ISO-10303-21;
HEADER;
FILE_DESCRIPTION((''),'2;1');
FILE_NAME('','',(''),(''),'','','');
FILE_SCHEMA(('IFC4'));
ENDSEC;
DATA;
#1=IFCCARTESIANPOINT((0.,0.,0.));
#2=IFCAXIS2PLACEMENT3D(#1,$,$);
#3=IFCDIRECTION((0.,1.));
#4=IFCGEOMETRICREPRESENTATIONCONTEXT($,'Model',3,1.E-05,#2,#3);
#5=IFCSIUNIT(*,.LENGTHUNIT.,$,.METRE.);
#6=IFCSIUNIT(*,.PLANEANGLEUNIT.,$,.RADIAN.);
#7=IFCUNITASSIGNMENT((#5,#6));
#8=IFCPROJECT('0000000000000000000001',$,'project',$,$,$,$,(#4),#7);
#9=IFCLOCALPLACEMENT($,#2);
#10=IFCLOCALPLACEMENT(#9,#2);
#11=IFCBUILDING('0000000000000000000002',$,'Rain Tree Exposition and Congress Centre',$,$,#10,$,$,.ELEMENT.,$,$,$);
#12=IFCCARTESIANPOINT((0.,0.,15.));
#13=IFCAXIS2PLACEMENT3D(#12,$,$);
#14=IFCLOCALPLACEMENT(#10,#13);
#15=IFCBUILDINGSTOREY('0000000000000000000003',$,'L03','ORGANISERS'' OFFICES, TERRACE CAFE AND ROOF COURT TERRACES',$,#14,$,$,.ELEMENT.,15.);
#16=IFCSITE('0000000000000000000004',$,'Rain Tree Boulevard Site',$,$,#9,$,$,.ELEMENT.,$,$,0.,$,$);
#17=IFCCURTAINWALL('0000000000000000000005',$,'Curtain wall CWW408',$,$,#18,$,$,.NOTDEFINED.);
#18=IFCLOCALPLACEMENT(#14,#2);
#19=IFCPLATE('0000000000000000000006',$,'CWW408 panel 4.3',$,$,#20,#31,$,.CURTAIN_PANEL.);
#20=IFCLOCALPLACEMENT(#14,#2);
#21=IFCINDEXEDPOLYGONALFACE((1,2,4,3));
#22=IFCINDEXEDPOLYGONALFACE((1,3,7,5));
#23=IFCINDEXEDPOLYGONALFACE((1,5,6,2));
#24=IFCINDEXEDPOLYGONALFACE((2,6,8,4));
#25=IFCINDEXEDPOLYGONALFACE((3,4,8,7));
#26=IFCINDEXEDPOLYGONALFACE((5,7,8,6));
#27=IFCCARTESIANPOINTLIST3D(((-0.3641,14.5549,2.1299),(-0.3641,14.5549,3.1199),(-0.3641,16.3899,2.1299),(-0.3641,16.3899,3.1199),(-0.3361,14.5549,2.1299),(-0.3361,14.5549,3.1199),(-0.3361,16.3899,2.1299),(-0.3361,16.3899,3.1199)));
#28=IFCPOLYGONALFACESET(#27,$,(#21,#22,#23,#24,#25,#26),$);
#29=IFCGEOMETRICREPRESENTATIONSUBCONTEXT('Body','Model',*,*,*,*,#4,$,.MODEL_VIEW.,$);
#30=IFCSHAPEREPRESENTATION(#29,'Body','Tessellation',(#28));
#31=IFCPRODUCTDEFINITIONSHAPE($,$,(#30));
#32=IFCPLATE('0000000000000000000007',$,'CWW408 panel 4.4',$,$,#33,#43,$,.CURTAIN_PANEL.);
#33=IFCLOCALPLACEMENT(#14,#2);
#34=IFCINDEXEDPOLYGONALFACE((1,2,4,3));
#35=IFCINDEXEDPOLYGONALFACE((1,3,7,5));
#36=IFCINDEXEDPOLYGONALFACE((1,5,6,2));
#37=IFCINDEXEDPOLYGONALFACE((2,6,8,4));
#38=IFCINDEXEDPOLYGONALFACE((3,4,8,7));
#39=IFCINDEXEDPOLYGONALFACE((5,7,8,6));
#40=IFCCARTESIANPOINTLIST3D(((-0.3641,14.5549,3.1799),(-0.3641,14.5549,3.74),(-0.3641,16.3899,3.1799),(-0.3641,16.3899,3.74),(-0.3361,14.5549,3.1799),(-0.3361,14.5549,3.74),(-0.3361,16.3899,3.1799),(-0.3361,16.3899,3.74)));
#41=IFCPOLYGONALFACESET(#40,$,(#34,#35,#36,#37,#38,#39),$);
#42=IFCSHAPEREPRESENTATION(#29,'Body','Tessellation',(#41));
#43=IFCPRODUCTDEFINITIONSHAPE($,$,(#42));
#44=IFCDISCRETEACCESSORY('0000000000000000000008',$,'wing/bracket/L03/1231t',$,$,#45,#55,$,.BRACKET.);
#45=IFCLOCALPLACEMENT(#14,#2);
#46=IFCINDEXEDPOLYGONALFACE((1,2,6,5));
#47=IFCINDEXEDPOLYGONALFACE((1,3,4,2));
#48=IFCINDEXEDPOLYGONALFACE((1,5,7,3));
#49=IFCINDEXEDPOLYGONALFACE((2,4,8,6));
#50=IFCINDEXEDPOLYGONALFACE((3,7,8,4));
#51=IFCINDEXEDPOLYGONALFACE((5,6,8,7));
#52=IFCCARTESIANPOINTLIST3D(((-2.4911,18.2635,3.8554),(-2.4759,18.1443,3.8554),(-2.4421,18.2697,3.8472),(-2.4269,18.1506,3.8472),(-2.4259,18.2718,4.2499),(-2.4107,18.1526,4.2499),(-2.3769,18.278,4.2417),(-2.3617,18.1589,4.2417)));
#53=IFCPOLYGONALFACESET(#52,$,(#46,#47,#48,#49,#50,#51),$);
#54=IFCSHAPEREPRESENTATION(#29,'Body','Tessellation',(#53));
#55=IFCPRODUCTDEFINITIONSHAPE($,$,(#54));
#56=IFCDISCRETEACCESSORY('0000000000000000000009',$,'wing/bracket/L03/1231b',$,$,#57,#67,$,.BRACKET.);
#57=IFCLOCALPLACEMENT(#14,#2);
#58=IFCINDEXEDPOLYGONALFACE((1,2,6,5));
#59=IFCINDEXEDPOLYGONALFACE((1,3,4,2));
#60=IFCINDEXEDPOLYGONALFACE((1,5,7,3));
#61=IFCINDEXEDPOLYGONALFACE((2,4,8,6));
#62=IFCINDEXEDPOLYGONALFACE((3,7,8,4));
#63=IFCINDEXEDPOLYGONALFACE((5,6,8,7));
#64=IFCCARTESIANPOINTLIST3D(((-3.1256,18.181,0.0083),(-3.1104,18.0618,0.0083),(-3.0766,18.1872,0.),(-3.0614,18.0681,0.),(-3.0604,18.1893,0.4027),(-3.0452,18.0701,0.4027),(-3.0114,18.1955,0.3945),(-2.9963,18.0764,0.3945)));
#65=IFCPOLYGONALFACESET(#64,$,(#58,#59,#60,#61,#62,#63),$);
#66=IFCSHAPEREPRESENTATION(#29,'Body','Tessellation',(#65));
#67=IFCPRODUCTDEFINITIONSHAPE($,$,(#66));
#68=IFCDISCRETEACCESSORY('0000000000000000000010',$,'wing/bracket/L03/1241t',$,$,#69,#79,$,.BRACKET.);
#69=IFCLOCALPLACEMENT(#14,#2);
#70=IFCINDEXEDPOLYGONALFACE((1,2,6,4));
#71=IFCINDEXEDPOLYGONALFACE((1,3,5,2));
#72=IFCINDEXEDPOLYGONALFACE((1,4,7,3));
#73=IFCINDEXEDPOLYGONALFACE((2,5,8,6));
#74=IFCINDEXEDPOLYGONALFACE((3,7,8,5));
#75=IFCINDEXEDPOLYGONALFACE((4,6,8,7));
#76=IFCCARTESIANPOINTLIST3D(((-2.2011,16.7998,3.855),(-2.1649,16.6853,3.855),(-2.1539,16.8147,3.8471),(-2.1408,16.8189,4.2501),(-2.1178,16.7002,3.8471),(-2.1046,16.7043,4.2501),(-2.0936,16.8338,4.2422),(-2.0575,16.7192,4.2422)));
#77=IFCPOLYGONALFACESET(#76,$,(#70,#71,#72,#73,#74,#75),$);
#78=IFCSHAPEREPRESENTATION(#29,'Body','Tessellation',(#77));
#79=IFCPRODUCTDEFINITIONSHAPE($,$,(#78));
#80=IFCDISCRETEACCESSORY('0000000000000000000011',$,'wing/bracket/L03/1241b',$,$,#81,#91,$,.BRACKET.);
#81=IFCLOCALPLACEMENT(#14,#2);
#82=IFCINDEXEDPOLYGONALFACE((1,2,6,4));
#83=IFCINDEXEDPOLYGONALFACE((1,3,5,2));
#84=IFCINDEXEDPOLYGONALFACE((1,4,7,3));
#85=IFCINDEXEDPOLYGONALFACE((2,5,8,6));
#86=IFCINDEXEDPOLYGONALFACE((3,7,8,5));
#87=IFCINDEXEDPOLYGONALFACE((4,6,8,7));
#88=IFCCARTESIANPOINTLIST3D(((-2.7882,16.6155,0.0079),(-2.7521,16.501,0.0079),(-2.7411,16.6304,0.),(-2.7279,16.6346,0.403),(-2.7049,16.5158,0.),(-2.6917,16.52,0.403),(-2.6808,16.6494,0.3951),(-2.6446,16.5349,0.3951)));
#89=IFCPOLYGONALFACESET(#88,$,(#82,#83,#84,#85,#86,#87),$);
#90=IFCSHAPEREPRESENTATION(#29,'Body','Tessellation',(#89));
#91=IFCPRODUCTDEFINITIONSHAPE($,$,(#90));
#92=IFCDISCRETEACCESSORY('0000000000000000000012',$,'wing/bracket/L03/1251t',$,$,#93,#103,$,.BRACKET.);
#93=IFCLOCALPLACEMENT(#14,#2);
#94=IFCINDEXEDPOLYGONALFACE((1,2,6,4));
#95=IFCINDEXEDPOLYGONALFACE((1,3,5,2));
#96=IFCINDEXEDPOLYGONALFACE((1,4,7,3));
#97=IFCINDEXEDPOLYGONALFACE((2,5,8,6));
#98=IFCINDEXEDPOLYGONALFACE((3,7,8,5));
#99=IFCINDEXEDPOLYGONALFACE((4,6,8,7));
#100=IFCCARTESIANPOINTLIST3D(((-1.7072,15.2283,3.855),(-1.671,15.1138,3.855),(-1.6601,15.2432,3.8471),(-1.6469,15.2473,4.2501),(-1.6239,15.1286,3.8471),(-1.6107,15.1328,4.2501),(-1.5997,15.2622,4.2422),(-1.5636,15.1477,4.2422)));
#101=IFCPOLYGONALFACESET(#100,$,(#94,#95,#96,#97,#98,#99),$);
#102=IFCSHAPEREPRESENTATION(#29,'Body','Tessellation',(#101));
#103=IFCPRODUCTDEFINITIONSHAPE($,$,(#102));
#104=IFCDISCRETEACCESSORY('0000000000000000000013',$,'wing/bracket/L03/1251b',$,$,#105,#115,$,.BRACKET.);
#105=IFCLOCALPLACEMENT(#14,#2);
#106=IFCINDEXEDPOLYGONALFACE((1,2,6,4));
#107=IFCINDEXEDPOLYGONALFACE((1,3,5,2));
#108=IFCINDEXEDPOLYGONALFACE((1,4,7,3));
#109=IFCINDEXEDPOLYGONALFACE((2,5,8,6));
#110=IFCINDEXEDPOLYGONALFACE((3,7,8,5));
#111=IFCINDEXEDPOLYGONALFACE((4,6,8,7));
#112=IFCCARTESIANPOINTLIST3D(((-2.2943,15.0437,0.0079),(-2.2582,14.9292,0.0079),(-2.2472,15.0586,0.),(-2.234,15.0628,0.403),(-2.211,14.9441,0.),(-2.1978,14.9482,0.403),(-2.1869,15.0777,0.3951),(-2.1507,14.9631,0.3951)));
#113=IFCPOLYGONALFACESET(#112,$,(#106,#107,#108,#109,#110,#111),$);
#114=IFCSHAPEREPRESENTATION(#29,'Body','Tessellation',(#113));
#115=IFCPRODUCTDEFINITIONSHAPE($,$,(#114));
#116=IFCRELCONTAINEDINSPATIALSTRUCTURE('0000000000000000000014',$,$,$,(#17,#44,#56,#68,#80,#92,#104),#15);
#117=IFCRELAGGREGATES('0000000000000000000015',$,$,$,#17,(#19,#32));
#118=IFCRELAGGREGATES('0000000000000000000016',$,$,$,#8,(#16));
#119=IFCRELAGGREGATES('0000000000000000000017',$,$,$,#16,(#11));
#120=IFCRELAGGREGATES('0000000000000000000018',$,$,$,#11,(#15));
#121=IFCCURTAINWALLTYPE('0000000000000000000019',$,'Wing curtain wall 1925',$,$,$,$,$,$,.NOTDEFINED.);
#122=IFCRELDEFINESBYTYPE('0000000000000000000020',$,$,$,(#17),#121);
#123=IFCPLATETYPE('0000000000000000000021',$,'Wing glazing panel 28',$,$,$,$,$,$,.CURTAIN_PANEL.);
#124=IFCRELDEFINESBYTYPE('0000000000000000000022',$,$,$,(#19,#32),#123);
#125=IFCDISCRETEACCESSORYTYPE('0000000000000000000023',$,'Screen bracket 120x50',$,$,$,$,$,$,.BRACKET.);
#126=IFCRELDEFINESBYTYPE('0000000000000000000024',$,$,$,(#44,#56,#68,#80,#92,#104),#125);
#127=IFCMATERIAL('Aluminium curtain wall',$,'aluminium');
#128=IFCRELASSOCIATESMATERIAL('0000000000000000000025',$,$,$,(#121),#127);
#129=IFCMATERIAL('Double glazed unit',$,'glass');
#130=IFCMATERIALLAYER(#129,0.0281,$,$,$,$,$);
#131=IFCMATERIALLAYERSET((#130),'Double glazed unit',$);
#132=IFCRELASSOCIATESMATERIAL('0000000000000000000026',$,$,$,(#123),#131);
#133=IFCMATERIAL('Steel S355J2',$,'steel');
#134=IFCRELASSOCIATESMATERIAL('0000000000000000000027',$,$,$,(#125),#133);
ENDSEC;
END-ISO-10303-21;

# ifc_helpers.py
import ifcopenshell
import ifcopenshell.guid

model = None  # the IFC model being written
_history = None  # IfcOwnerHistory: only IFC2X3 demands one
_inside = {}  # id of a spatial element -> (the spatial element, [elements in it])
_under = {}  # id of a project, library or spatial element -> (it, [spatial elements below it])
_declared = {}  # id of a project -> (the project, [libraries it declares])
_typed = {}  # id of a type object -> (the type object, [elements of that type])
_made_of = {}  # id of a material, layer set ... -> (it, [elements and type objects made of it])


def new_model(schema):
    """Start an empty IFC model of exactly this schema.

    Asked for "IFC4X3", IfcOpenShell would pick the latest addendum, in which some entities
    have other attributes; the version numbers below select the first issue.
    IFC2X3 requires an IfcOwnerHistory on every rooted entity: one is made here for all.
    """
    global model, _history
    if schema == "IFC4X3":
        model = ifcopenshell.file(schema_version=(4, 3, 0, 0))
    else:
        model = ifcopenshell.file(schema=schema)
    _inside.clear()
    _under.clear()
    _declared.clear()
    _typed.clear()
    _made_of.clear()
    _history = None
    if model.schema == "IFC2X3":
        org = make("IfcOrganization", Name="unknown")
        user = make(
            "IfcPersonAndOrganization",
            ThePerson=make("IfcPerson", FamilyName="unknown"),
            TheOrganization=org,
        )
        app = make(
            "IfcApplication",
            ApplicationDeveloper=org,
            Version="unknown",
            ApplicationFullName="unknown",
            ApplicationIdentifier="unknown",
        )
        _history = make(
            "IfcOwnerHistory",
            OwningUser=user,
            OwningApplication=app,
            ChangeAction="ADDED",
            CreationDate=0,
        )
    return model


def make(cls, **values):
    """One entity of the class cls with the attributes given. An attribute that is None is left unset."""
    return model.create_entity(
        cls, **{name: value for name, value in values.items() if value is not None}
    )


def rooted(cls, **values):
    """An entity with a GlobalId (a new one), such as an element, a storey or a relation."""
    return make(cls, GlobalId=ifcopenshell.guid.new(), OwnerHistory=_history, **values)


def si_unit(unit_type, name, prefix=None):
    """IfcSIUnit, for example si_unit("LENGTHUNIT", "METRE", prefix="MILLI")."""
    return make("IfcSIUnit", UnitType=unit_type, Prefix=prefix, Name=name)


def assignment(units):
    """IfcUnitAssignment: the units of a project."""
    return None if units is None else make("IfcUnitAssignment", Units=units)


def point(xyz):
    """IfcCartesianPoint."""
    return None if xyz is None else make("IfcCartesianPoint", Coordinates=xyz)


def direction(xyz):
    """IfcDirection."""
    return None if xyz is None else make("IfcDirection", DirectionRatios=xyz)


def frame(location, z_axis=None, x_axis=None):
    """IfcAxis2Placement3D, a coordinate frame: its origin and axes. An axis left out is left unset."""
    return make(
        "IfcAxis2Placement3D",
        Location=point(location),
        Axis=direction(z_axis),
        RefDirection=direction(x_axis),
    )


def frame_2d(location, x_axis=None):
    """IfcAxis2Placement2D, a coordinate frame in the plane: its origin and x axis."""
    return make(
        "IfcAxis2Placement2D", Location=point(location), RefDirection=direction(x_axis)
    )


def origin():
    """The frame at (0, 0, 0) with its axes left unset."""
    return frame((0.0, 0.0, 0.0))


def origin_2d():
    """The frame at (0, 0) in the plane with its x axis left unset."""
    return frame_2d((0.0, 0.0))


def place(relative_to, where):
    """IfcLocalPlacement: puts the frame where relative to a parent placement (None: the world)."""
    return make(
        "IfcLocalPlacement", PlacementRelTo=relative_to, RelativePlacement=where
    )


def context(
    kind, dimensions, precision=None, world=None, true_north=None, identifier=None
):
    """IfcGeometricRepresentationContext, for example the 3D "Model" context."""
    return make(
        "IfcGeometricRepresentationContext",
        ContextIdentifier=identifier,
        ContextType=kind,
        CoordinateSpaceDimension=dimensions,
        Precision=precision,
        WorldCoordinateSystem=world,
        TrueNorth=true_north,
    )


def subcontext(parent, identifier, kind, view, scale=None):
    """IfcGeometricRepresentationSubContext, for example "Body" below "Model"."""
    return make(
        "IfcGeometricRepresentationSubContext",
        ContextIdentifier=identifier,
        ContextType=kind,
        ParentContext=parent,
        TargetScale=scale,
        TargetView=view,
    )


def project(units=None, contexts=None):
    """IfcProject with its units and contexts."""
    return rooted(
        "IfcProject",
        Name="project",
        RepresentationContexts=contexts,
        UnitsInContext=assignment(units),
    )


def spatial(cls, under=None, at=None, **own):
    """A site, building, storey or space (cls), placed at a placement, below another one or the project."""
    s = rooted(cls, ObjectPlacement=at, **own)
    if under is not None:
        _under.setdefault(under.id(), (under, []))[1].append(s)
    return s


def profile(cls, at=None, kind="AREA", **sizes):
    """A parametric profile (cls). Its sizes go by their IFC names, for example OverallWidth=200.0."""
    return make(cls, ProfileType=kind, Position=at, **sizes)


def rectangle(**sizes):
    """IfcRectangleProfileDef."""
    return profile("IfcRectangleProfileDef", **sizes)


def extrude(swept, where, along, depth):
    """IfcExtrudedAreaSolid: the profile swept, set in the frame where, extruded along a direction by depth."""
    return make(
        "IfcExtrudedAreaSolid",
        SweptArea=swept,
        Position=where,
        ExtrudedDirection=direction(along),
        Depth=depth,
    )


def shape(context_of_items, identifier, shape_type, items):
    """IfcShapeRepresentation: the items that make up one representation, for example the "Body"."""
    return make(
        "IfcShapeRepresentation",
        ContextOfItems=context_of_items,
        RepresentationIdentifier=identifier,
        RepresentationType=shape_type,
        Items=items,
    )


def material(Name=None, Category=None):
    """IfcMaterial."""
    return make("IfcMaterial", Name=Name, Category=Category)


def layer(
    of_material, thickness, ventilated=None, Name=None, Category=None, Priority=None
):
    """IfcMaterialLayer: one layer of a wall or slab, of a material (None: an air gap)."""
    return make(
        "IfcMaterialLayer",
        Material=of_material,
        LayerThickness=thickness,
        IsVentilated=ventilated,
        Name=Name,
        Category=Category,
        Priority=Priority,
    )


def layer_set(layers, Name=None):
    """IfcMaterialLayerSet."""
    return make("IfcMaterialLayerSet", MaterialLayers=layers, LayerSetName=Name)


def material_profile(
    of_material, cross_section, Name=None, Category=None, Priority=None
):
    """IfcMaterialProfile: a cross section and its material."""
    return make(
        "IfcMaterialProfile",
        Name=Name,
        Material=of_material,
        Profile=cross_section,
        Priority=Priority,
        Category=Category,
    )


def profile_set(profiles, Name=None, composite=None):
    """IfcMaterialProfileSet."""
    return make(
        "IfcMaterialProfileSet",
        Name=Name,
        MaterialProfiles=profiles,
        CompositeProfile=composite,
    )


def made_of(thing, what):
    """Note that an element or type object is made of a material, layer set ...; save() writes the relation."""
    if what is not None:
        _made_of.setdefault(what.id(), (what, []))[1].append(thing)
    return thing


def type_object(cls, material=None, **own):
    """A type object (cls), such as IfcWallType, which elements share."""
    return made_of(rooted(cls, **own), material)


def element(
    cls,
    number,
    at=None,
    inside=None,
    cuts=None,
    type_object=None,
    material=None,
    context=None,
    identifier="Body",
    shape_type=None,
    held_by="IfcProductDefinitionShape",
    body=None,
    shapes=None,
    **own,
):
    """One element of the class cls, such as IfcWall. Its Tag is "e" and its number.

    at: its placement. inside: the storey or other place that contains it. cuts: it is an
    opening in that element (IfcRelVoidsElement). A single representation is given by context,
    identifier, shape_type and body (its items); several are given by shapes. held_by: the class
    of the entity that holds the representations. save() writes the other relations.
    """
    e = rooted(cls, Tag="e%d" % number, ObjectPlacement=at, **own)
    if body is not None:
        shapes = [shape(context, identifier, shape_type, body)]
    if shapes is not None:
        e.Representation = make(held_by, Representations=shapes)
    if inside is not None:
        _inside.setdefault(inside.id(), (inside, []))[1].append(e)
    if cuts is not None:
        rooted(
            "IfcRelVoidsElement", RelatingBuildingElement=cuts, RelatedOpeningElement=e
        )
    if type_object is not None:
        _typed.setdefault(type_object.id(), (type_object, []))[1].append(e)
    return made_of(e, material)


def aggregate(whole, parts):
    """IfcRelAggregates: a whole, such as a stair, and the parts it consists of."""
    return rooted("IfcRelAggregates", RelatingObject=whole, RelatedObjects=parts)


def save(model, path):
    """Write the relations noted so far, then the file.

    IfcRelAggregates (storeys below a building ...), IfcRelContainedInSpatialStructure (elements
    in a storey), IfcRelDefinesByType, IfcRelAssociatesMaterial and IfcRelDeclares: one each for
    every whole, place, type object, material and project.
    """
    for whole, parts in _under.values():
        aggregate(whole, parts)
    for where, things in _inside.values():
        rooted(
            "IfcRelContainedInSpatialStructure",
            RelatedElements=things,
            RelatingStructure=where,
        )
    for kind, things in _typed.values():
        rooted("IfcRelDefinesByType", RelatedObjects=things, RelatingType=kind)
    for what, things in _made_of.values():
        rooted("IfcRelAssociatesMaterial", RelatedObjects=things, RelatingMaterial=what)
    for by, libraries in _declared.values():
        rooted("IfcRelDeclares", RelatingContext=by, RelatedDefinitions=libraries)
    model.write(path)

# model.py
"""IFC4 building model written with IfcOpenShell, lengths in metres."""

from ifc_helpers import new_model, si_unit, direction, frame, origin, origin_2d, place, context, subcontext, project, spatial, rectangle, extrude, material, layer, layer_set, material_profile, profile_set, type_object, element, aggregate, save


model = new_model("IFC4")

# Units and contexts
model_context = context("Model", 3, precision=1e-05, world=origin(), true_north=direction((0.0, 1.0)))
body_context = subcontext(model_context, "Body", "Model", "MODEL_VIEW")
ifc_project = project(units=[si_unit("LENGTHUNIT", "METRE"), si_unit("PLANEANGLEUNIT", "RADIAN")], contexts=[model_context])

# Site, building, storey
site_placement = place(None, origin())
site = spatial("IfcSite", under=ifc_project, at=site_placement, Name="Rain Tree Boulevard Site", CompositionType="ELEMENT", RefElevation=0.0)
building_placement = place(site_placement, origin())
building = spatial("IfcBuilding", under=site, at=building_placement, Name="Rain Tree Exposition and Congress Centre", CompositionType="ELEMENT")
storey_placement = place(building_placement, frame((0.0, 0.0, 15.0)))
storey = spatial("IfcBuildingStorey", under=building, at=storey_placement, Name="L03", Description="ORGANISERS' OFFICES, TERRACE CAFE AND ROOF COURT TERRACES", CompositionType="ELEMENT", Elevation=15.0)

# Curtain wall
ifc_material_1 = material(Name="Aluminium curtain wall", Category="aluminium")
curtain_wall_type = type_object("IfcCurtainWallType", Name="Wing curtain wall 1925", PredefinedType="NOTDEFINED", material=ifc_material_1)
curtain_wall_1_placement = place(storey_placement, origin())
curtain_wall_1 = element("IfcCurtainWall", 1, at=curtain_wall_1_placement, inside=storey, type_object=curtain_wall_type, Name="Curtain wall CWW408", PredefinedType="NOTDEFINED")

# Plates
ifc_material_2 = material(Name="Double glazed unit", Category="glass")
ifc_layer_1 = layer(ifc_material_2, 0.0281)
ifc_layer_set_1 = layer_set([ifc_layer_1], Name="Double glazed unit")
plate_type = type_object("IfcPlateType", Name="Wing glazing panel 28", PredefinedType="CURTAIN_PANEL", material=ifc_layer_set_1)
plate_1_placement = place(storey_placement, frame((-0.3501, 15.4724, 2.1299), z_axis=(0.0, 0.0, 1.0), x_axis=(0.0, 1.0, 0.0)))
plate_1 = element("IfcPlate", 2, at=plate_1_placement, type_object=plate_type, Name="CWW408 panel 4.3", PredefinedType="CURTAIN_PANEL", context=body_context, shape_type="SweptSolid", body=[
    extrude(rectangle(XDim=1.835, YDim=0.0281, at=origin_2d()), origin(), (0.0, 0.0, 1.0), 0.99),
])
plate_2_placement = place(storey_placement, frame((-0.3501, 15.4724, 3.1799), z_axis=(0.0, 0.0, 1.0), x_axis=(0.0, 1.0, 0.0)))
plate_2 = element("IfcPlate", 3, at=plate_2_placement, type_object=plate_type, Name="CWW408 panel 4.4", PredefinedType="CURTAIN_PANEL", context=body_context, shape_type="SweptSolid", body=[
    extrude(rectangle(XDim=1.835, YDim=0.0281, at=origin_2d()), origin(), (0.0, 0.0, 1.0), 0.5601),
])
aggregate(curtain_wall_1, [plate_1, plate_2])

# Discrete accessories
ifc_material_3 = material(Name="Steel S355J2", Category="steel")
ifc_material_profile_1 = material_profile(ifc_material_3, rectangle(XDim=0.1201, YDim=0.05, at=origin_2d()), Name="Flat bar 120x50")
ifc_profile_set_1 = profile_set([ifc_material_profile_1], Name="Steel S355J2")
discrete_accessory_type = type_object("IfcDiscreteAccessoryType", Name="Screen bracket 120x50", PredefinedType="BRACKET", material=ifc_profile_set_1)
for number, where, z_axis, x_axis, name in (
    (4, (-2.459, 18.207, 3.8513), (0.162978, 0.020754, 0.986411), (-0.126321, 0.991989, 0.0), "wing/bracket/L03/1231t"),
    (5, (-3.0935, 18.1245, 0.0042), (0.162978, 0.020754, 0.986411), (-0.126321, 0.991989, 0.0), "wing/bracket/L03/1231b"),
):
    element("IfcDiscreteAccessory", number, at=place(storey_placement, frame(where, z_axis=z_axis, x_axis=x_axis)), inside=storey, type_object=discrete_accessory_type, Name=name, PredefinedType="BRACKET", context=body_context, shape_type="SweptSolid", body=[
        extrude(rectangle(XDim=0.1201, YDim=0.05, at=origin_2d()), origin(), (0.0, 0.0, 1.0), 0.3999),
    ])
for number, where, z_axis, x_axis, name in (
    (6, (-2.1594, 16.75, 3.8511), (0.150738, 0.047602, 0.987427), (-0.301131, 0.953583, 0.0), "wing/bracket/L03/1241t"),
    (7, (-2.7466, 16.5657, 0.0039), (0.150738, 0.047602, 0.987427), (-0.301131, 0.953583, 0.0), "wing/bracket/L03/1241b"),
    (8, (-1.6655, 15.1785, 3.8511), (0.150738, 0.047602, 0.987427), (-0.301131, 0.953583, 0.0), "wing/bracket/L03/1251t"),
    (9, (-2.2527, 14.9939, 0.0039), (0.150738, 0.047602, 0.987427), (-0.301131, 0.953583, 0.0), "wing/bracket/L03/1251b"),
):
    element("IfcDiscreteAccessory", number, at=place(storey_placement, frame(where, z_axis=z_axis, x_axis=x_axis)), inside=storey, type_object=discrete_accessory_type, Name=name, PredefinedType="BRACKET", context=body_context, shape_type="SweptSolid", body=[
        extrude(rectangle(XDim=0.1201, YDim=0.05, at=origin_2d()), origin(), (0.0, 0.0, 1.0), 0.4001),
    ])

save(model, "model.ifc")
